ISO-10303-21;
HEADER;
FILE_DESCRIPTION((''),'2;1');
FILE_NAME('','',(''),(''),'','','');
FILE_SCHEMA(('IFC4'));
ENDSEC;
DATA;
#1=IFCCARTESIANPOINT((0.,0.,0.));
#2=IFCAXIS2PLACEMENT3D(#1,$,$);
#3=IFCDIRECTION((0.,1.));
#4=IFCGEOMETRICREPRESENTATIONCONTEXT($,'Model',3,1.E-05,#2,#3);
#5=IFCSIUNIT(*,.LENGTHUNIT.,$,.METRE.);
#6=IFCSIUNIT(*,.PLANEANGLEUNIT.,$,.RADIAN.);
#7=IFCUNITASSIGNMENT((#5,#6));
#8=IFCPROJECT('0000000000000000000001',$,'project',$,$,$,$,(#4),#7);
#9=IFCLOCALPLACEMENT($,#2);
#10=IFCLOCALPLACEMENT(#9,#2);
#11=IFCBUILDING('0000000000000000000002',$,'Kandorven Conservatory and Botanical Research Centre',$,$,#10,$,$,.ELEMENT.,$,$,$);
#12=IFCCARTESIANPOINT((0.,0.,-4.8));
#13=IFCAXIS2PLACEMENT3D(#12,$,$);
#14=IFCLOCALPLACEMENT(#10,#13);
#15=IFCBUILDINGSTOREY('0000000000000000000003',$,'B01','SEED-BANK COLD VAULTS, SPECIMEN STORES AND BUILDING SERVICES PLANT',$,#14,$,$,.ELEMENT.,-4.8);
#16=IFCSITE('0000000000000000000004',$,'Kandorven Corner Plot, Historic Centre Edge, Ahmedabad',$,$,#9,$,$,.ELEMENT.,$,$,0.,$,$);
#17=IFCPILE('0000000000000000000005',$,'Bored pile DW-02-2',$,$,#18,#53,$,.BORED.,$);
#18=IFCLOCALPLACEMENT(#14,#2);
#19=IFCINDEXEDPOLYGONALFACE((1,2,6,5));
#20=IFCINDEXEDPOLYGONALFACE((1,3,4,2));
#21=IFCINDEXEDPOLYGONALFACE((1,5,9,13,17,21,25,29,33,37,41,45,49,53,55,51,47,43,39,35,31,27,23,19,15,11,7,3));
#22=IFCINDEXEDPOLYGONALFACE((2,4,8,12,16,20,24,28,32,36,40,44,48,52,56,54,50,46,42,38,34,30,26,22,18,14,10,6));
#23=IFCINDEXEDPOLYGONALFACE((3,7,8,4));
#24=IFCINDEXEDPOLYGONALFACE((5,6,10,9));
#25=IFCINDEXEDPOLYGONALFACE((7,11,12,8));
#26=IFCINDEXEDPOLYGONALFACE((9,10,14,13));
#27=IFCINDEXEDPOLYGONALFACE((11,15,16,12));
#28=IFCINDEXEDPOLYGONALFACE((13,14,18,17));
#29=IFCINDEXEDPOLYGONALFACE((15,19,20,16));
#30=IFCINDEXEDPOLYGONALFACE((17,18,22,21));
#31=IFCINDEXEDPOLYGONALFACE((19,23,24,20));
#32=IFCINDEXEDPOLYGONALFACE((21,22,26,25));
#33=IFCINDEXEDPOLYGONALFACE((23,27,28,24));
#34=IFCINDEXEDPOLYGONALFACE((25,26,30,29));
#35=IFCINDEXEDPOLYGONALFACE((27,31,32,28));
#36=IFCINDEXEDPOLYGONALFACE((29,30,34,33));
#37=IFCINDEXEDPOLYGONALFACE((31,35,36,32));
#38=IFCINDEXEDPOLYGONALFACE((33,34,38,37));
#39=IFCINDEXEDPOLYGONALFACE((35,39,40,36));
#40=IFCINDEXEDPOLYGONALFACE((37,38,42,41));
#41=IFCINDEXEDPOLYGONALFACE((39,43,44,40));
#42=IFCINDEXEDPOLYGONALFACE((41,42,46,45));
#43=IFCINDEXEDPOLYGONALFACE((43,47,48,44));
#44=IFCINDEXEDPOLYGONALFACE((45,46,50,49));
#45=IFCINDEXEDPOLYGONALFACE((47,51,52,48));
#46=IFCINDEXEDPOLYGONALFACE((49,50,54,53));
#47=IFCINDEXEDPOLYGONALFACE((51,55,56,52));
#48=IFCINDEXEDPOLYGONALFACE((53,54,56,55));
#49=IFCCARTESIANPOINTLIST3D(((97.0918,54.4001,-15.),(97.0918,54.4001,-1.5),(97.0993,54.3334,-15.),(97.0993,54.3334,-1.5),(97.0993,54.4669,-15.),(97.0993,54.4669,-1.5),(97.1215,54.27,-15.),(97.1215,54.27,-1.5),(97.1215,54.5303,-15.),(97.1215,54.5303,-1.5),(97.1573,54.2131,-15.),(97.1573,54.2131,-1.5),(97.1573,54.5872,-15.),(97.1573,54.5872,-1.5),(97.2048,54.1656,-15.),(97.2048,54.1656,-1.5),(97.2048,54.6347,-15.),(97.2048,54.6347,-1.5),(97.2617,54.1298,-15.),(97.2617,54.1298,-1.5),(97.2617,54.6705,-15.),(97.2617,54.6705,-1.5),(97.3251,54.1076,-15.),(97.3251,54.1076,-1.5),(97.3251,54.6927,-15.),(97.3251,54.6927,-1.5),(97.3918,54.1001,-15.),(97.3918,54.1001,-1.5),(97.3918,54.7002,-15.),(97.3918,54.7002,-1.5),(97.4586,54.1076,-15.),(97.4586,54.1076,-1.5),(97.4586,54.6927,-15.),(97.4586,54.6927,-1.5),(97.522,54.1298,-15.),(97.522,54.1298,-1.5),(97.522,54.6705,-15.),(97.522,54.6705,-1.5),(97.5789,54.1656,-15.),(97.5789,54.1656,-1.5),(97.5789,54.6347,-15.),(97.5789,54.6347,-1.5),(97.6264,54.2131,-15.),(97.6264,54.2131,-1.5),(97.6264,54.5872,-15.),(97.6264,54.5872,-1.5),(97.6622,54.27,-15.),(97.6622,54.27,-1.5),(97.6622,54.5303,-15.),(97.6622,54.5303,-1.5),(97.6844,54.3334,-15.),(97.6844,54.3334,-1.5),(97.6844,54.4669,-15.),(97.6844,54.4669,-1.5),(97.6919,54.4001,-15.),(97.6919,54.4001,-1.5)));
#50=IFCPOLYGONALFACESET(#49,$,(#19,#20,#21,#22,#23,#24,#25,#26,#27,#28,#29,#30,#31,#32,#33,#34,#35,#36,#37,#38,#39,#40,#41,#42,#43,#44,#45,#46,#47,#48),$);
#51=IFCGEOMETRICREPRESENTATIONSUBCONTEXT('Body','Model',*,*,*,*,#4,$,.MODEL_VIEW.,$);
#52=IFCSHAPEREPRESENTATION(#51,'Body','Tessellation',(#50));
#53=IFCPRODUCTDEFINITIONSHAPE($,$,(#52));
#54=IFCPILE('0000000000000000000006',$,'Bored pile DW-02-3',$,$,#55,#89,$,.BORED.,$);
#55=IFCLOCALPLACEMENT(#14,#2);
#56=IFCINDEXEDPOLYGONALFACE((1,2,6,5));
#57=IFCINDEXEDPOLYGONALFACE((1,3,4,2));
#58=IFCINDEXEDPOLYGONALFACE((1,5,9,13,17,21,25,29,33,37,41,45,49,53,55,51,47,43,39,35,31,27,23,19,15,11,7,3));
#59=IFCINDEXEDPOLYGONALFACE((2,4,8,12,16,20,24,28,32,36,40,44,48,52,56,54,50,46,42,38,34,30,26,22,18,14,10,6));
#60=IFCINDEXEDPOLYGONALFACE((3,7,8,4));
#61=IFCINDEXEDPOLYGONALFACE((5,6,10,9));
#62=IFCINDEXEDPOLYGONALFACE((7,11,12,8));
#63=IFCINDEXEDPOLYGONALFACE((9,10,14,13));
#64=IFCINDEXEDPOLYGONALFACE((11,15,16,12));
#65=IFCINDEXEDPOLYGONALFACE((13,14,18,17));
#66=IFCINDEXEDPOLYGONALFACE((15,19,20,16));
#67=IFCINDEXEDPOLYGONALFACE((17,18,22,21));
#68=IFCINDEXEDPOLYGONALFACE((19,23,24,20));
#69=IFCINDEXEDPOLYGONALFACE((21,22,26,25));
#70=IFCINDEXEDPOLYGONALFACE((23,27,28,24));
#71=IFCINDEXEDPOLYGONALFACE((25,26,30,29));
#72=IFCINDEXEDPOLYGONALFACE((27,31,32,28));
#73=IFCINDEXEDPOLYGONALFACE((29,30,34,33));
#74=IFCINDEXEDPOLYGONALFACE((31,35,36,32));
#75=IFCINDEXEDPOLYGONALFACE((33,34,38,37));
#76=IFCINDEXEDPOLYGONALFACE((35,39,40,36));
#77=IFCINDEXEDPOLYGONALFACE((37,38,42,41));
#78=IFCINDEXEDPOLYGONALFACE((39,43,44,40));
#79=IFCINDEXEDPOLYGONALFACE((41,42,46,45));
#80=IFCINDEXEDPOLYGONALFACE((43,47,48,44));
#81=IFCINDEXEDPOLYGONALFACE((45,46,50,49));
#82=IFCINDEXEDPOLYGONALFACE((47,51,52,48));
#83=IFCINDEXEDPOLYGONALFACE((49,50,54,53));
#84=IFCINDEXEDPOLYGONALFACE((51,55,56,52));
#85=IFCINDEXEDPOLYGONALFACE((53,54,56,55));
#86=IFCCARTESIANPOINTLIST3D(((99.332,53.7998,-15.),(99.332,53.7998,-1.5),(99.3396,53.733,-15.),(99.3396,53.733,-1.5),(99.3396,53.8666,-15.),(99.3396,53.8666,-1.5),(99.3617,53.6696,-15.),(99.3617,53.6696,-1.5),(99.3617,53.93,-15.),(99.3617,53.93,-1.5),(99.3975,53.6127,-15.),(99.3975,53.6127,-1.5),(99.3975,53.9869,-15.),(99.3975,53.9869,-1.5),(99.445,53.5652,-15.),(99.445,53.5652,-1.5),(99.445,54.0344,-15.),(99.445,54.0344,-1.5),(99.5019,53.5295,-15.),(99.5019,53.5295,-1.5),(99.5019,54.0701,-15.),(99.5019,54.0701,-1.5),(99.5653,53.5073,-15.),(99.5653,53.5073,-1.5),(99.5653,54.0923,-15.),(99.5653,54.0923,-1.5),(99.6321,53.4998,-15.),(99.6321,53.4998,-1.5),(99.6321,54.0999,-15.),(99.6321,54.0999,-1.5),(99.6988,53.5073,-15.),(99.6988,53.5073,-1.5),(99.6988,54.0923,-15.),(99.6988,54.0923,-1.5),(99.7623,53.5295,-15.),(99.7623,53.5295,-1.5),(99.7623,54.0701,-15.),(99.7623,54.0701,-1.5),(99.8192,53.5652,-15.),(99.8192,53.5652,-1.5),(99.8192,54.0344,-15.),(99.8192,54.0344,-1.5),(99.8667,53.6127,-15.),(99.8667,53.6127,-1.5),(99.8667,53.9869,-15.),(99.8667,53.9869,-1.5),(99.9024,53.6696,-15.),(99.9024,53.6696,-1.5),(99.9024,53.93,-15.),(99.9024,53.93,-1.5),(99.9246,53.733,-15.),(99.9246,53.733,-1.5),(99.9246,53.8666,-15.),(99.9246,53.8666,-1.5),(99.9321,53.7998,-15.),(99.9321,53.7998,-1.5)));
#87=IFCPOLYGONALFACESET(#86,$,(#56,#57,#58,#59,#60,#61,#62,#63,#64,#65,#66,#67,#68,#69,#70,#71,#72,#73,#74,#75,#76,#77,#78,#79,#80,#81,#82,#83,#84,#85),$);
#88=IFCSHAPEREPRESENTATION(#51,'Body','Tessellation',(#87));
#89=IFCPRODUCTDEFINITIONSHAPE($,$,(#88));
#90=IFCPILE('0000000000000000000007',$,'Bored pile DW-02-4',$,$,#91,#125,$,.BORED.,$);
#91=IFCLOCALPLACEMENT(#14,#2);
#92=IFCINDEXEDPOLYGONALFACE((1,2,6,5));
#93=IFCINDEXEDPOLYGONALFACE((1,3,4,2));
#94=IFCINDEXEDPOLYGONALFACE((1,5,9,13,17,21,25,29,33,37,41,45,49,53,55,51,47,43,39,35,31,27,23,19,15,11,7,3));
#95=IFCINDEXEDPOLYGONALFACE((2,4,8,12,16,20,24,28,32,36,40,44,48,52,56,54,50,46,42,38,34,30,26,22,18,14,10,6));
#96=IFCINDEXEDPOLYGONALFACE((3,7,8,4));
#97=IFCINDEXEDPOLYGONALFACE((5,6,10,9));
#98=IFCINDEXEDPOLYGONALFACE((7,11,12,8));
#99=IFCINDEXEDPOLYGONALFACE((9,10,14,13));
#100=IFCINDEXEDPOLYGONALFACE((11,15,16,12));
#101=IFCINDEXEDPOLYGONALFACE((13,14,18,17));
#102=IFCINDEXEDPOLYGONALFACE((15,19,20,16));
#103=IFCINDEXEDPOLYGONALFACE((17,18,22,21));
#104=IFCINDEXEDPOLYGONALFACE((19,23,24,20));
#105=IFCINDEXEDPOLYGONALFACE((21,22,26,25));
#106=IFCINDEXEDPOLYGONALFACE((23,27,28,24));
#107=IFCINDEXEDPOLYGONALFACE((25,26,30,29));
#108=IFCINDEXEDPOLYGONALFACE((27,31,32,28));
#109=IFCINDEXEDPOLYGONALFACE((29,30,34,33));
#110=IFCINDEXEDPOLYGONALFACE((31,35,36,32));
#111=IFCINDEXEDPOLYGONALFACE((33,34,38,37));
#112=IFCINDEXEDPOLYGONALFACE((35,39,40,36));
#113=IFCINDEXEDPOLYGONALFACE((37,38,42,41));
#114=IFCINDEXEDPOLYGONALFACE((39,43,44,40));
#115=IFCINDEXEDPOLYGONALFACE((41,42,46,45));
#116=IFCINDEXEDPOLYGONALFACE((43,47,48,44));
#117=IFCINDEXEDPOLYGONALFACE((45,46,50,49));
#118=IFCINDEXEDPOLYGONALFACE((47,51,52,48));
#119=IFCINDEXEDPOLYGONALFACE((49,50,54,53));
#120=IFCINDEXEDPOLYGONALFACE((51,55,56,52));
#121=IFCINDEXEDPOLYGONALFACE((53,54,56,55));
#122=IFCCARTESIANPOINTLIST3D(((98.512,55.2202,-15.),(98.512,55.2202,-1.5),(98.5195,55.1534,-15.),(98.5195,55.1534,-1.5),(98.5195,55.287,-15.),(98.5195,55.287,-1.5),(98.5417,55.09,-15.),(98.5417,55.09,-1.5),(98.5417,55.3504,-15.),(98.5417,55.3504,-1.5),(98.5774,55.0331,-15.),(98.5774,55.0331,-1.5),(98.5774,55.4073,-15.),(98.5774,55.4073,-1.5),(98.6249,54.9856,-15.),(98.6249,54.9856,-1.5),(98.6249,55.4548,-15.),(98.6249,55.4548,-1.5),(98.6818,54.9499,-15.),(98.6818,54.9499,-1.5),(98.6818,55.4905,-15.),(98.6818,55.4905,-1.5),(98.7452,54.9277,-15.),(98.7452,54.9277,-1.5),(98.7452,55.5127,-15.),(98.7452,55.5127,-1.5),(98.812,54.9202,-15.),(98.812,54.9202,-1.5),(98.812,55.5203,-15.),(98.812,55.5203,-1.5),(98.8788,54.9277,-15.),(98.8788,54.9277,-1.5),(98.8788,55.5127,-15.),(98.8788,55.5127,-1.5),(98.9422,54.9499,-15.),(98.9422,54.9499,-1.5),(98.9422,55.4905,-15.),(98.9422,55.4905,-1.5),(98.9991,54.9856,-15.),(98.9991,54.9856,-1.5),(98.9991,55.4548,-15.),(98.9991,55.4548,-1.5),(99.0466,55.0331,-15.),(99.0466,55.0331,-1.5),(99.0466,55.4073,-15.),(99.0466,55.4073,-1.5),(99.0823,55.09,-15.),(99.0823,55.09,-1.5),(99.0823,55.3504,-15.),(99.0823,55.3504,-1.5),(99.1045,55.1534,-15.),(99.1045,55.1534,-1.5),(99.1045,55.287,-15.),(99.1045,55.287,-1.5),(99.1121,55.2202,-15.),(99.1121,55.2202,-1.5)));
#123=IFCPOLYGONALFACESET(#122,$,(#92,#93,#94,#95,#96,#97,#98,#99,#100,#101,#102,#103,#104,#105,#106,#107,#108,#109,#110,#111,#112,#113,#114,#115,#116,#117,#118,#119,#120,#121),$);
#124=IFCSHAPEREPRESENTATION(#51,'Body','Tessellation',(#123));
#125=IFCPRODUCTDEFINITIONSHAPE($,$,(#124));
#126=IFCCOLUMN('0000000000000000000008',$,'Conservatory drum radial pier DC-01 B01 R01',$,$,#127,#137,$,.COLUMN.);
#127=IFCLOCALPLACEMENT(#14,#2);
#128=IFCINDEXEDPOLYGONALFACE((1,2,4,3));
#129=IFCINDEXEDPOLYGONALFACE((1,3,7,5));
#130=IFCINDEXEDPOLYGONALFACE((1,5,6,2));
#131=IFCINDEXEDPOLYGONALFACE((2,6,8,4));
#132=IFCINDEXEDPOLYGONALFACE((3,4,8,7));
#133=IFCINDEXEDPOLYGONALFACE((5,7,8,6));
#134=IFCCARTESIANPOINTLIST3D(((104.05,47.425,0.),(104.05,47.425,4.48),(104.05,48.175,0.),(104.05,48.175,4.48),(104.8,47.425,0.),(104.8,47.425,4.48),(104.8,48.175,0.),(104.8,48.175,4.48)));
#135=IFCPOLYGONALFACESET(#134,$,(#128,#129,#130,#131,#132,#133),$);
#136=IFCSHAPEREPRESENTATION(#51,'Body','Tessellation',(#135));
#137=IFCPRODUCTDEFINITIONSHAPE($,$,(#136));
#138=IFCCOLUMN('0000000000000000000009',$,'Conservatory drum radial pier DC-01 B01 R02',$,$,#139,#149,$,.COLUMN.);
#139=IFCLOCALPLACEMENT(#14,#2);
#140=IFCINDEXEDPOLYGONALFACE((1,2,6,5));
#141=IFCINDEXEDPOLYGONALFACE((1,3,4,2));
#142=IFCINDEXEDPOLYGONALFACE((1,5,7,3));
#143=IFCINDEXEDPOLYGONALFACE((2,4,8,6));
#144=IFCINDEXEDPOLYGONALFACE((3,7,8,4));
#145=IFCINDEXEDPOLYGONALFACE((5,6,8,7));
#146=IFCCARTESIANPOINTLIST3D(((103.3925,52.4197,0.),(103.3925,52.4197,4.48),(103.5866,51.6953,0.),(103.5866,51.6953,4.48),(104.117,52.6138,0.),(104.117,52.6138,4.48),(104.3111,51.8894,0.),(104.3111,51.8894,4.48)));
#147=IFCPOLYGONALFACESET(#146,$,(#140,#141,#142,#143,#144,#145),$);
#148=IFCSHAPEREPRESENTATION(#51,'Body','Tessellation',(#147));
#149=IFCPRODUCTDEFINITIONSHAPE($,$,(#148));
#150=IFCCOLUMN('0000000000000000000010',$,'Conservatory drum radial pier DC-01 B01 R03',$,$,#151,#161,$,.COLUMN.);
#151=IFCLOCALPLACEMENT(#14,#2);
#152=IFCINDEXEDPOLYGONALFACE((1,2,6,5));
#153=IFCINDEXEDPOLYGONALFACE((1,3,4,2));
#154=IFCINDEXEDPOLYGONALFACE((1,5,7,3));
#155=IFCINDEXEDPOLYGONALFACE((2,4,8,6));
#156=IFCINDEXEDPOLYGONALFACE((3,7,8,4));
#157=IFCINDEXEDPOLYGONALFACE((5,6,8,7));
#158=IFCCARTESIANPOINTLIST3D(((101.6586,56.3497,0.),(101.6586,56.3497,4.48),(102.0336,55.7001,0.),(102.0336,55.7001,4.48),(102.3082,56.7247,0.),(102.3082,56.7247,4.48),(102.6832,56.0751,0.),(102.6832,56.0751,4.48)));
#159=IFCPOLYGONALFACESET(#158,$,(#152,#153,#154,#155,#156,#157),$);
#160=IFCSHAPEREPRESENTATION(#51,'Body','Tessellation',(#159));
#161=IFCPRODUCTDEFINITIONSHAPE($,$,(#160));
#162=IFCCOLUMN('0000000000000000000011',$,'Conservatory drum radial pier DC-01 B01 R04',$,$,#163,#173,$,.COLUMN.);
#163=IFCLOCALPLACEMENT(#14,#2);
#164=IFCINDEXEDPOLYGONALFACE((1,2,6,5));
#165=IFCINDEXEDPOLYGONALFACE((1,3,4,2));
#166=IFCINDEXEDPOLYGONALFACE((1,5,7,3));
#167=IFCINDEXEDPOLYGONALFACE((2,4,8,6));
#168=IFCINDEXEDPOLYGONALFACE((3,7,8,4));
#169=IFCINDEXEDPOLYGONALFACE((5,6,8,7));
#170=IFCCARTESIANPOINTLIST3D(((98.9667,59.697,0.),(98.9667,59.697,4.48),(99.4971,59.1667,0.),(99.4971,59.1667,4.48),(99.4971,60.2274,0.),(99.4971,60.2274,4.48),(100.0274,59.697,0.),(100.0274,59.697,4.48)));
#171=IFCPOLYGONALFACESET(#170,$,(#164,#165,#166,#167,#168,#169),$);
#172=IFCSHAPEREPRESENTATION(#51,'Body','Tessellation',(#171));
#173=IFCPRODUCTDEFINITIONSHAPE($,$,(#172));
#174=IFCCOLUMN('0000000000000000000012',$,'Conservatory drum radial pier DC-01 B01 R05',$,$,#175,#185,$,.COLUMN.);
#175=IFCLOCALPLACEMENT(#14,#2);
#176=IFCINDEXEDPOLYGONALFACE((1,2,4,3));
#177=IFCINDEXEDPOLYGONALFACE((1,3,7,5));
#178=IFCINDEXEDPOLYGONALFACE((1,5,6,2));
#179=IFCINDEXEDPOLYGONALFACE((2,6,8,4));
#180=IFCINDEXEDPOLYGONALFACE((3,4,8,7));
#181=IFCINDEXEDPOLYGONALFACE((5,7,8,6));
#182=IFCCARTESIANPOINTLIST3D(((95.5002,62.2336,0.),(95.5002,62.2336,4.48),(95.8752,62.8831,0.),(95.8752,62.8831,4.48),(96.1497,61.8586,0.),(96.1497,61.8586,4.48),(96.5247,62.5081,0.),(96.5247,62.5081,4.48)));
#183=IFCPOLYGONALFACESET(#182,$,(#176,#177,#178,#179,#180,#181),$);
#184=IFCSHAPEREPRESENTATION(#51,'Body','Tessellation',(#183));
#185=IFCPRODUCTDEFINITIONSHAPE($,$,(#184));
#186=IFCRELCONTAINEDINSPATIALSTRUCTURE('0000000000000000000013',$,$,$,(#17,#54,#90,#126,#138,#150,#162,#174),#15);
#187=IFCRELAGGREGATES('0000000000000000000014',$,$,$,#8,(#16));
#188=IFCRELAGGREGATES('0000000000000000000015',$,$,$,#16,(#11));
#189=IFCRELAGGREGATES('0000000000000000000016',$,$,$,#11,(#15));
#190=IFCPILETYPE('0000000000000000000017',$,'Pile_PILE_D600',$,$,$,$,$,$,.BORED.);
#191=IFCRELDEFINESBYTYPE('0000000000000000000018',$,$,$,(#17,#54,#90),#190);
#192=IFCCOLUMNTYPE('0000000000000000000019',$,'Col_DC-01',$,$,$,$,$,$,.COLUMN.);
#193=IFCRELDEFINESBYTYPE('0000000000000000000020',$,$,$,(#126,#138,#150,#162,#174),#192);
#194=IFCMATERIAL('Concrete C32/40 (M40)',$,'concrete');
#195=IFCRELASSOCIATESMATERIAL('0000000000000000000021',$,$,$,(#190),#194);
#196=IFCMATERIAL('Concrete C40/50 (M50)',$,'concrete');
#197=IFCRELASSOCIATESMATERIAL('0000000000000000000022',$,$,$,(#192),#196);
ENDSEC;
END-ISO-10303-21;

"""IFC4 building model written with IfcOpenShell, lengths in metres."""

from ifc_helpers import new_model, si_unit, direction, frame, origin, origin_2d, place, context, subcontext, project, spatial, rectangle, circle, extrude, material, material_profile, profile_set, type_object, element, save


model = new_model("IFC4")

# Units and contexts
model_context = context("Model", 3, precision=1e-05, world=origin(), true_north=direction((0.0, 1.0)))
body_context = subcontext(model_context, "Body", "Model", "MODEL_VIEW")
ifc_project = project(units=[si_unit("LENGTHUNIT", "METRE"), si_unit("PLANEANGLEUNIT", "RADIAN")], contexts=[model_context])

# Site, building, storey
site_placement = place(None, origin())
site = spatial("IfcSite", under=ifc_project, at=site_placement, Name="Kandorven Corner Plot, Historic Centre Edge, Ahmedabad", CompositionType="ELEMENT", RefElevation=0.0)
building_placement = place(site_placement, origin())
building = spatial("IfcBuilding", under=site, at=building_placement, Name="Kandorven Conservatory and Botanical Research Centre", CompositionType="ELEMENT")
storey_placement = place(building_placement, frame((0.0, 0.0, -4.8)))
storey = spatial("IfcBuildingStorey", under=building, at=storey_placement, Name="B01", Description="SEED-BANK COLD VAULTS, SPECIMEN STORES AND BUILDING SERVICES PLANT", CompositionType="ELEMENT", Elevation=-4.8)

# Piles
ifc_material_1 = material(Name="Concrete C32/40 (M40)", Category="concrete")
ifc_material_profile_1 = material_profile(ifc_material_1, circle(Radius=0.3, at=origin_2d()))
ifc_profile_set_1 = profile_set([ifc_material_profile_1], Name="Concrete C32/40 (M40)")
pile_type = type_object("IfcPileType", Name="Pile_PILE_D600", PredefinedType="BORED", material=ifc_profile_set_1)
for number, where, z_axis, x_axis, name in (
    (1, (97.3918, 54.4001, -1.5), (0.0, 0.0, -1.0), (1.0, 0.0, 0.0), "Bored pile DW-02-2"),
    (2, (99.6321, 53.7998, -1.5), (0.0, 0.0, -1.0), (1.0, 0.0, 0.0), "Bored pile DW-02-3"),
    (3, (98.812, 55.2202, -1.5), (0.0, 0.0, -1.0), (1.0, 0.0, 0.0), "Bored pile DW-02-4"),
):
    element("IfcPile", number, at=place(storey_placement, frame(where, z_axis=z_axis, x_axis=x_axis)), inside=storey, type_object=pile_type, Name=name, PredefinedType="BORED", context=body_context, shape_type="SweptSolid", body=[
        extrude(circle(Radius=0.3, at=origin_2d()), origin(), (0.0, 0.0, 1.0), 13.5),
    ])

# Columns
ifc_material_2 = material(Name="Concrete C40/50 (M50)", Category="concrete")
ifc_material_profile_2 = material_profile(ifc_material_2, rectangle(XDim=0.75, YDim=0.75, at=origin_2d()))
ifc_profile_set_2 = profile_set([ifc_material_profile_2], Name="Concrete C40/50 (M50)")
column_type_1 = type_object("IfcColumnType", Name="Col_DC-01", PredefinedType="COLUMN", material=ifc_profile_set_2)
for number, where, z_axis, x_axis, name in (
    (4, (104.425, 47.8, 0.0), (0.0, 0.0, 1.0), (1.0, 0.0, 0.0), "Conservatory drum radial pier DC-01 B01 R01"),
    (5, (103.8518, 52.1545, 0.0), (0.0, 0.0, 1.0), (0.965926, 0.258819, 0.0), "Conservatory drum radial pier DC-01 B01 R02"),
    (6, (102.1709, 56.2124, 0.0), (0.0, 0.0, 1.0), (0.866025, 0.5, 0.0), "Conservatory drum radial pier DC-01 B01 R03"),
    (7, (99.4971, 59.697, 0.0), (0.0, 0.0, 1.0), (0.707107, 0.707107, 0.0), "Conservatory drum radial pier DC-01 B01 R04"),
    (8, (96.0125, 62.3708, 0.0), (0.0, 0.0, 1.0), (0.5, 0.866025, 0.0), "Conservatory drum radial pier DC-01 B01 R05"),
):
    element("IfcColumn", number, at=place(storey_placement, frame(where, z_axis=z_axis, x_axis=x_axis)), inside=storey, type_object=column_type_1, Name=name, PredefinedType="COLUMN", context=body_context, shape_type="SweptSolid", body=[
        extrude(rectangle(XDim=0.75, YDim=0.75, at=origin_2d()), origin(), (0.0, 0.0, 1.0), 4.48),
    ])

save(model, "model.ifc")
